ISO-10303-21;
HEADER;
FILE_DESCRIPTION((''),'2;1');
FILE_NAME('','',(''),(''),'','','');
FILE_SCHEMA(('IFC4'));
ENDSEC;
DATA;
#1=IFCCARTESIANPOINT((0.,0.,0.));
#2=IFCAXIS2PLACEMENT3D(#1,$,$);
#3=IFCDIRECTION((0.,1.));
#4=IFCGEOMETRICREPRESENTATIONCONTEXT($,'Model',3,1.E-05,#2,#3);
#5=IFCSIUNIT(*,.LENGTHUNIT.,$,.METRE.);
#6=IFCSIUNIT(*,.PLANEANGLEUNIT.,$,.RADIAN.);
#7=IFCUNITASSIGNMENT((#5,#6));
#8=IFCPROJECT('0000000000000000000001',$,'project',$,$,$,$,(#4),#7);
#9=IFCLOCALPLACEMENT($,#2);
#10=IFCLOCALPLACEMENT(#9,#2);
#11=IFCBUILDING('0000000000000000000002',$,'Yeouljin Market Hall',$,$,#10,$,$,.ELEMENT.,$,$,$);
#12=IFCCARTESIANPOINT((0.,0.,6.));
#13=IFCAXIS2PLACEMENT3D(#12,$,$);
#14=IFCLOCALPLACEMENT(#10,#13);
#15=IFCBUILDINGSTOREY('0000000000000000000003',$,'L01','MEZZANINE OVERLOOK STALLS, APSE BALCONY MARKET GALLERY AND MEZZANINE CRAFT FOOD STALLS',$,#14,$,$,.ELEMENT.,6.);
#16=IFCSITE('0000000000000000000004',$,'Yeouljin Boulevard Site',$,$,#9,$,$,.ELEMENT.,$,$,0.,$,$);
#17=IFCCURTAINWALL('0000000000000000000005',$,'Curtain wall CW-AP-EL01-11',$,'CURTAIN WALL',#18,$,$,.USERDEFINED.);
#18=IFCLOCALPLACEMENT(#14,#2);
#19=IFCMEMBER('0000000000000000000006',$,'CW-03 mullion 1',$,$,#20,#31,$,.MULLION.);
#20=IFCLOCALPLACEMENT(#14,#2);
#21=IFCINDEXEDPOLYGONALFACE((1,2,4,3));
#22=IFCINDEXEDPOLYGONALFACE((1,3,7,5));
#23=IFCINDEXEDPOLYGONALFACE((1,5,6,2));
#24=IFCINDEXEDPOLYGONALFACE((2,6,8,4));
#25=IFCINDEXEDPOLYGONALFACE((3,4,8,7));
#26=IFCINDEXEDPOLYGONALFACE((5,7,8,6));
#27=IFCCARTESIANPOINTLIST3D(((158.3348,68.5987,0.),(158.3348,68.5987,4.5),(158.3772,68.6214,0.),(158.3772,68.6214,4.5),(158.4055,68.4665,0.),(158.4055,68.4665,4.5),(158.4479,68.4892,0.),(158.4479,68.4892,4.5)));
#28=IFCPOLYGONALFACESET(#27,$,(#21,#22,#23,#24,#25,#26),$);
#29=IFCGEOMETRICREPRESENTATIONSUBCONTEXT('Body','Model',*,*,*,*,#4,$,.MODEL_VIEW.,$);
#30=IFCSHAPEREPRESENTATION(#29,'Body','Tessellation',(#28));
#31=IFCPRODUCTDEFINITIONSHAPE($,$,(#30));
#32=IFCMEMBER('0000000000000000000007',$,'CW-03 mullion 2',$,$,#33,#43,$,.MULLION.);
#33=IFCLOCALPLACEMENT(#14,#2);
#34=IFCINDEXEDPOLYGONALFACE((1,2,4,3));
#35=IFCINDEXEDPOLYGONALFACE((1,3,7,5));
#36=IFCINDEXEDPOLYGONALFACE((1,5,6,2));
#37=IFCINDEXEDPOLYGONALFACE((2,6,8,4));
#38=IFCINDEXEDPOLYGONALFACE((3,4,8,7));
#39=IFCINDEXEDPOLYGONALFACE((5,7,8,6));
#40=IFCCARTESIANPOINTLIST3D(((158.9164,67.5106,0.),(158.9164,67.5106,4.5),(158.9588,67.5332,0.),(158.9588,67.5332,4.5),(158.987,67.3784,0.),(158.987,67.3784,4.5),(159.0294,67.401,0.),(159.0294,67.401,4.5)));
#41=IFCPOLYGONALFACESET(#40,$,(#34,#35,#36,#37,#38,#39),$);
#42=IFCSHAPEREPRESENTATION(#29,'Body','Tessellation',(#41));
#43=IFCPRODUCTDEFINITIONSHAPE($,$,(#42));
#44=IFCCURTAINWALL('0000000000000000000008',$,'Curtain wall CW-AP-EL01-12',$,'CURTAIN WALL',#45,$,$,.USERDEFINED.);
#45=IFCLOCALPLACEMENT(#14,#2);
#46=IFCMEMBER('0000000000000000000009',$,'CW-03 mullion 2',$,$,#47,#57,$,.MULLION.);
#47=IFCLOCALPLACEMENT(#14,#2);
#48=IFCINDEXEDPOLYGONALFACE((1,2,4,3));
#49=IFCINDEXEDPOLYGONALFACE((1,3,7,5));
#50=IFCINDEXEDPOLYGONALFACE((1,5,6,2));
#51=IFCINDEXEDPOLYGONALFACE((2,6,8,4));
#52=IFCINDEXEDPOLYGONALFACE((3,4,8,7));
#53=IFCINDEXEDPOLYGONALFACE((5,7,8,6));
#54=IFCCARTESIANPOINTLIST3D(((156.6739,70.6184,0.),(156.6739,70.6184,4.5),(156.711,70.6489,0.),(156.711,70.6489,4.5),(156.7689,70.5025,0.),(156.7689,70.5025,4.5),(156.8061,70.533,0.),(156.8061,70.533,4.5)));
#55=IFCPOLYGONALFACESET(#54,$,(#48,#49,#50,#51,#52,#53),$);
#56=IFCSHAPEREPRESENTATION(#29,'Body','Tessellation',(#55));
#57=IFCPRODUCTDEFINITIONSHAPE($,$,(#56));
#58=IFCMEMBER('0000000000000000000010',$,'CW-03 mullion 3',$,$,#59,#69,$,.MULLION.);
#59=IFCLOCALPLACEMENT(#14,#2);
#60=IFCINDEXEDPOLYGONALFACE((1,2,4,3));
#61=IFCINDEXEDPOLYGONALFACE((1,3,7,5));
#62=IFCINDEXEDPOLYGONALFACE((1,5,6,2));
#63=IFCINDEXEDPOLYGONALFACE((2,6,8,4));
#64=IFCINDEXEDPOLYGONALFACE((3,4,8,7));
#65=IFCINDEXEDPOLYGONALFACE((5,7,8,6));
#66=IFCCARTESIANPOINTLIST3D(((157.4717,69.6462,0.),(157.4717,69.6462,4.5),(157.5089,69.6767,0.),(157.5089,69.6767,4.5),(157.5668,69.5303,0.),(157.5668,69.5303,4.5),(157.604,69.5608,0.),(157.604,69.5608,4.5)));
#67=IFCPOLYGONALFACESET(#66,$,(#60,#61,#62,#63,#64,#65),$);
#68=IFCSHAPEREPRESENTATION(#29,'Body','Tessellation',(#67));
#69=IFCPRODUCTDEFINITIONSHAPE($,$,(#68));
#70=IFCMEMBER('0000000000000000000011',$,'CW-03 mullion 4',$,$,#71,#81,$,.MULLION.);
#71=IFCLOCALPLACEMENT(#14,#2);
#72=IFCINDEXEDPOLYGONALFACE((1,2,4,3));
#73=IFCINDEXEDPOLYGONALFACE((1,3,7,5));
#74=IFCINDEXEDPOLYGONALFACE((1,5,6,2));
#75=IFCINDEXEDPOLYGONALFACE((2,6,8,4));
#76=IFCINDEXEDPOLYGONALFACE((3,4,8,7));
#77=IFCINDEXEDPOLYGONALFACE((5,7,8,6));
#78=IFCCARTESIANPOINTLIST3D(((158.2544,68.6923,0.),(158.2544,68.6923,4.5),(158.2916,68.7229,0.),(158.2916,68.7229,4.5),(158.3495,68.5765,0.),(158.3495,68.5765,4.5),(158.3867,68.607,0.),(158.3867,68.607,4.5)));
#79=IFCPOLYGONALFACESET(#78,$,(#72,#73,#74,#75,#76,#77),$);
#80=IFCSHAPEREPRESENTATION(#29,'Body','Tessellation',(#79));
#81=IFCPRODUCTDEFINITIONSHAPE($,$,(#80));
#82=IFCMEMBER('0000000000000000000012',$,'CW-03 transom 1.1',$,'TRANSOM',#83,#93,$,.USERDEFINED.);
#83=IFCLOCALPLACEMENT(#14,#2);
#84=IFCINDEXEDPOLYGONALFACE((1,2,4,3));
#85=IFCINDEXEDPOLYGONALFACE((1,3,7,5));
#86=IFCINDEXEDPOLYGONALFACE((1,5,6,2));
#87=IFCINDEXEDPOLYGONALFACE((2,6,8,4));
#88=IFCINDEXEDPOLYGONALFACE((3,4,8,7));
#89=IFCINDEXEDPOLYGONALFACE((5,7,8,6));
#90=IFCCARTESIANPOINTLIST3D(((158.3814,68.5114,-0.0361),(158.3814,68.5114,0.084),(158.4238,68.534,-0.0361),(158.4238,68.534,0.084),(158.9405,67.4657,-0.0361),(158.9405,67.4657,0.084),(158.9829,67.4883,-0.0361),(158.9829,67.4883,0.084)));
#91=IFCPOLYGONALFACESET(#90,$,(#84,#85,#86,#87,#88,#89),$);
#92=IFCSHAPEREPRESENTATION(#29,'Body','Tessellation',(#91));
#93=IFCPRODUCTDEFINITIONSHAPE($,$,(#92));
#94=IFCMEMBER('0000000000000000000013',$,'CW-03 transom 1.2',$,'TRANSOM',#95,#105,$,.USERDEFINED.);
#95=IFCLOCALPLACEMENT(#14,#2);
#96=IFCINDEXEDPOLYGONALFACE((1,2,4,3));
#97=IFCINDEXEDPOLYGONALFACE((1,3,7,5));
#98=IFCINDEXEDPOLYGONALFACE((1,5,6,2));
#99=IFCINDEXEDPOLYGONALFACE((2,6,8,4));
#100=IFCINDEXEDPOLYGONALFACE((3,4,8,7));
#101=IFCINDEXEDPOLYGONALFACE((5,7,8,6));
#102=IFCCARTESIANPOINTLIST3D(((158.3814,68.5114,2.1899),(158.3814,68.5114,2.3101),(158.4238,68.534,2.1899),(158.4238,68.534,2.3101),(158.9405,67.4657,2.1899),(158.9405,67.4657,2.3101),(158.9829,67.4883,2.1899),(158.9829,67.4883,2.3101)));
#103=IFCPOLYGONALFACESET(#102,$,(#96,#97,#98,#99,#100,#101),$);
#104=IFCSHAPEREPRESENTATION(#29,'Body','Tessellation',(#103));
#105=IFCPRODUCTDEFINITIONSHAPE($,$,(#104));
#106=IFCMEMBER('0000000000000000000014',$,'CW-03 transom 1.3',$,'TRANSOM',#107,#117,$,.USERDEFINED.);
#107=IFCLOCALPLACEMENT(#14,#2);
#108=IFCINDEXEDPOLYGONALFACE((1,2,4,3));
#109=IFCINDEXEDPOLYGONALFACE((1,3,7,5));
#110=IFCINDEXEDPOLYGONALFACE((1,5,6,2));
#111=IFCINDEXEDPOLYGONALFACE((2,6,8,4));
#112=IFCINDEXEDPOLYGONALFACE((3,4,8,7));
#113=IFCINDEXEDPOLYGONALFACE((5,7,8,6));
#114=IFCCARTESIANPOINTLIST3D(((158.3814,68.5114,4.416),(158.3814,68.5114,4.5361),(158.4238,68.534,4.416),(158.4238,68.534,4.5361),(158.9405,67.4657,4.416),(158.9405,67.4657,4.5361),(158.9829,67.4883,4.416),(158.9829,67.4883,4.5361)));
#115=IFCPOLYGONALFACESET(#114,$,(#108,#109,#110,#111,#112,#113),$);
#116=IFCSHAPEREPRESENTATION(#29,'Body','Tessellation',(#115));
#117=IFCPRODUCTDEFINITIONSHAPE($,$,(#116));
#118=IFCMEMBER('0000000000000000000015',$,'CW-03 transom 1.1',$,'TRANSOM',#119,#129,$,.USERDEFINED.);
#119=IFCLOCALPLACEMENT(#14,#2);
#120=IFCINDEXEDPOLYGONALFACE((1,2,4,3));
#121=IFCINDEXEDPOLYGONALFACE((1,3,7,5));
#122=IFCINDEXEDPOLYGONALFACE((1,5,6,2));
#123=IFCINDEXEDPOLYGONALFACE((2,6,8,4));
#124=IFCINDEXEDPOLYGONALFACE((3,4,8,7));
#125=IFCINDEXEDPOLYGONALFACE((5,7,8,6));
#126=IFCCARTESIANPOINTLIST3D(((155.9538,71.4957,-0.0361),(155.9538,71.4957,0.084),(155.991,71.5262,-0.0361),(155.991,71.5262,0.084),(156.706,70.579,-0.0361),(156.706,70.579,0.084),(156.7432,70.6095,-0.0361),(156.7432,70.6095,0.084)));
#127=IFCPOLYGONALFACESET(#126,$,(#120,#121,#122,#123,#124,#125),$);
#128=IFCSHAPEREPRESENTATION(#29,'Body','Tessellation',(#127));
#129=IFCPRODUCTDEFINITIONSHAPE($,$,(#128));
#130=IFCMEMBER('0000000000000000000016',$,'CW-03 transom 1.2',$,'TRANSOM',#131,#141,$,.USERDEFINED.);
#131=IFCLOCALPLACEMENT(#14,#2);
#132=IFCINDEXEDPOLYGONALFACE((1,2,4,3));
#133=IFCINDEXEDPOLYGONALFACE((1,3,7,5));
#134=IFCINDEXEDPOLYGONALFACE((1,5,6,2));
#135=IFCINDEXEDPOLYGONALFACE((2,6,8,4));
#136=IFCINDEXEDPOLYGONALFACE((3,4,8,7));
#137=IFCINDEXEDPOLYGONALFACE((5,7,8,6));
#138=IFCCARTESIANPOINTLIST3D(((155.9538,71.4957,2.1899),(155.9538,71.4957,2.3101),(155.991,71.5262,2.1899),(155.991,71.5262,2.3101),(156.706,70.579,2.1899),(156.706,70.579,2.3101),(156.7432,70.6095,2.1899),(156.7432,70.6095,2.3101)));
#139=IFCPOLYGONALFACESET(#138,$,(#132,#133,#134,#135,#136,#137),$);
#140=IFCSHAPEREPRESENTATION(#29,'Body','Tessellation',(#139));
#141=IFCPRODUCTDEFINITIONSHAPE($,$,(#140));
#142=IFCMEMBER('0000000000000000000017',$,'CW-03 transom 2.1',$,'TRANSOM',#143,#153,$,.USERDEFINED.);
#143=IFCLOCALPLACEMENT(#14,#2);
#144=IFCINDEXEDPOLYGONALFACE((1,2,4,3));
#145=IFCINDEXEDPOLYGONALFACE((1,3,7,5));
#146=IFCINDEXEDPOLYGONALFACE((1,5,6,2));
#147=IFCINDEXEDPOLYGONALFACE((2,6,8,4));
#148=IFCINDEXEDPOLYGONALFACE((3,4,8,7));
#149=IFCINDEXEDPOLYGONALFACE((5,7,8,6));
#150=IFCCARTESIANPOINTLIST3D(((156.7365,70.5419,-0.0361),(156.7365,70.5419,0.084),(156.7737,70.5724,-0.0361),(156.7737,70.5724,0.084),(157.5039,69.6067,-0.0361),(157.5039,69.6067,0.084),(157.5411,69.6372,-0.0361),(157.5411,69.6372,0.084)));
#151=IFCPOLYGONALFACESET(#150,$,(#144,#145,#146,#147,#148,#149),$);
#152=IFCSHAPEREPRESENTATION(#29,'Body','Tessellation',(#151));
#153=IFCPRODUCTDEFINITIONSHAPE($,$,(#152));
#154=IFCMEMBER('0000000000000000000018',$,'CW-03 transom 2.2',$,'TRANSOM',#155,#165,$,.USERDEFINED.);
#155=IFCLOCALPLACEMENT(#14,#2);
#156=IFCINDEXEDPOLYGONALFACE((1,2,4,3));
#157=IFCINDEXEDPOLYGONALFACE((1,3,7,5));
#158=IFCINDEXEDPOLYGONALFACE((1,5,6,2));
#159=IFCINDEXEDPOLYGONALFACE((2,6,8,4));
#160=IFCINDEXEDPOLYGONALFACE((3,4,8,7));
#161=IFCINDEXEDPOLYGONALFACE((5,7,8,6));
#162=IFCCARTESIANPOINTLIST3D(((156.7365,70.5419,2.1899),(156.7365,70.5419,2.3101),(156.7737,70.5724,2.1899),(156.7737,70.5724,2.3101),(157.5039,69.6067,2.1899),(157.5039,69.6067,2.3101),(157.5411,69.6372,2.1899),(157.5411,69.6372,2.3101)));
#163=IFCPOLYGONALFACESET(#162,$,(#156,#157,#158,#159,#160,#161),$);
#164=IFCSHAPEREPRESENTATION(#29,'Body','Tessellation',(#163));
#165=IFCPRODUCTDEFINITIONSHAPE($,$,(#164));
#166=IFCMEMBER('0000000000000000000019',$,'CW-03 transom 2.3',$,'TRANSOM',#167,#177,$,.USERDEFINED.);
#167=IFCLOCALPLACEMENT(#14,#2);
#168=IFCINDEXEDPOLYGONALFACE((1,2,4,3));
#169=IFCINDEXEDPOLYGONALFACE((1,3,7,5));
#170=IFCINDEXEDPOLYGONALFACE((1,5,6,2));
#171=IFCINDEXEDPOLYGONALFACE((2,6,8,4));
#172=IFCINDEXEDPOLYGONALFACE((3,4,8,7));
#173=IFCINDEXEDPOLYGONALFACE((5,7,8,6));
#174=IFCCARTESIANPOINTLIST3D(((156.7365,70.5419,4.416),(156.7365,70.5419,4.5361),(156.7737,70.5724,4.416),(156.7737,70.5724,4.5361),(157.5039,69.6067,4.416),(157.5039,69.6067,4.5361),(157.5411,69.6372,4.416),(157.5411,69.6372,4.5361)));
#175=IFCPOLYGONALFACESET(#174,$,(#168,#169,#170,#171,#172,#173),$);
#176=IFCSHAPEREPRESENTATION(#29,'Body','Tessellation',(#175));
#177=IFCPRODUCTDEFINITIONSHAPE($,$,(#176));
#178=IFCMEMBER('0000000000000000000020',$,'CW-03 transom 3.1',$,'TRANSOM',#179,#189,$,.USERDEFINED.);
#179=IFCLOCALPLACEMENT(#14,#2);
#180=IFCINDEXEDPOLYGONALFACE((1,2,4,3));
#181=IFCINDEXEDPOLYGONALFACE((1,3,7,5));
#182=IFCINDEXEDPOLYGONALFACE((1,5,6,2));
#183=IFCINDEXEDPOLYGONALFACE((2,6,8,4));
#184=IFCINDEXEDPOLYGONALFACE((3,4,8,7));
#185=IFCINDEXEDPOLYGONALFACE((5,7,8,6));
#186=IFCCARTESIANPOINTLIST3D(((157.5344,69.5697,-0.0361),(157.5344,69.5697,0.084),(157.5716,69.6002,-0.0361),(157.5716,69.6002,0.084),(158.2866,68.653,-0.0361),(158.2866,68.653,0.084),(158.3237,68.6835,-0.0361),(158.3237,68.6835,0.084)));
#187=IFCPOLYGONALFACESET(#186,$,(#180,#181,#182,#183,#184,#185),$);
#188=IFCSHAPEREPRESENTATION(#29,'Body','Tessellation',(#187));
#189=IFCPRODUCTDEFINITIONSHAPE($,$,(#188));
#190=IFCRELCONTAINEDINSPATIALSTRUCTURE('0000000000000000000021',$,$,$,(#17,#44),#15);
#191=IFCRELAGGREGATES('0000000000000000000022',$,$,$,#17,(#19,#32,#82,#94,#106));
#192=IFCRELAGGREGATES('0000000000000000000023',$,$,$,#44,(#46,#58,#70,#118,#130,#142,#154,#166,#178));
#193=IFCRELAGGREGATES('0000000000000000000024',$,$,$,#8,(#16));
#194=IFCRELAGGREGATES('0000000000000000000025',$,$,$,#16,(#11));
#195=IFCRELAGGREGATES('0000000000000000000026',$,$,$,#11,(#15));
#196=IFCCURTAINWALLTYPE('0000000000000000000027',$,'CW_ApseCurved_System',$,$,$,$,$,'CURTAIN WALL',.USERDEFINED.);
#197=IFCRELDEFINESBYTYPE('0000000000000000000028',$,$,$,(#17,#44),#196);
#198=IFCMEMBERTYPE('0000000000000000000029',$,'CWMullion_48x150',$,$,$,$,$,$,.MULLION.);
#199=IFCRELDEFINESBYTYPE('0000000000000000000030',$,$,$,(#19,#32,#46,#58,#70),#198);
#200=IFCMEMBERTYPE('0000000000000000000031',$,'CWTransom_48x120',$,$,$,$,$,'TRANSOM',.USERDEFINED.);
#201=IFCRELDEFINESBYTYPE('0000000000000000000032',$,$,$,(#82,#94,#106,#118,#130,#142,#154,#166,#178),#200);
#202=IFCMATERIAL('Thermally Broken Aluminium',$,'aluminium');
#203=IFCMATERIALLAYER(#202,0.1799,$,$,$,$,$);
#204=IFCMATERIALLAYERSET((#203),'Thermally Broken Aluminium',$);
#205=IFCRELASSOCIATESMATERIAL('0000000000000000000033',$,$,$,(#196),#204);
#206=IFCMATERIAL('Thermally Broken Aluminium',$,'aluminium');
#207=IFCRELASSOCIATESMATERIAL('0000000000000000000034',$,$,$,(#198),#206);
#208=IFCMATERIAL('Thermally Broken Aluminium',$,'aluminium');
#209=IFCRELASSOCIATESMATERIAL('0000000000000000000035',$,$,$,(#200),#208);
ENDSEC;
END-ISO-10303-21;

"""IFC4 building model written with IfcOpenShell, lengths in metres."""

from ifc_helpers import new_model, si_unit, direction, frame, origin, origin_2d, place, context, subcontext, project, spatial, rectangle, extrude, material, layer, layer_set, material_profile, profile_set, type_object, element, aggregate, save


model = new_model("IFC4")

# Units and contexts
model_context = context("Model", 3, precision=1e-05, world=origin(), true_north=direction((0.0, 1.0)))
body_context = subcontext(model_context, "Body", "Model", "MODEL_VIEW")
ifc_project = project(units=[si_unit("LENGTHUNIT", "METRE"), si_unit("PLANEANGLEUNIT", "RADIAN")], contexts=[model_context])

# Site, building, storey
site_placement = place(None, origin())
site = spatial("IfcSite", under=ifc_project, at=site_placement, Name="Yeouljin Boulevard Site", CompositionType="ELEMENT", RefElevation=0.0)
building_placement = place(site_placement, origin())
building = spatial("IfcBuilding", under=site, at=building_placement, Name="Yeouljin Market Hall", CompositionType="ELEMENT")
storey_placement = place(building_placement, frame((0.0, 0.0, 6.0)))
storey = spatial("IfcBuildingStorey", under=building, at=storey_placement, Name="L01", Description="MEZZANINE OVERLOOK STALLS, APSE BALCONY MARKET GALLERY AND MEZZANINE CRAFT FOOD STALLS", CompositionType="ELEMENT", Elevation=6.0)

# Curtain walls, members
ifc_material_1 = material(Name="Thermally Broken Aluminium", Category="aluminium")
ifc_layer_1 = layer(ifc_material_1, 0.1799)
ifc_layer_set_1 = layer_set([ifc_layer_1], Name="Thermally Broken Aluminium")
curtain_wall_type = type_object("IfcCurtainWallType", Name="CW_ApseCurved_System", ElementType="CURTAIN WALL", PredefinedType="USERDEFINED", material=ifc_layer_set_1)
curtain_wall_1_placement = place(storey_placement, origin())
curtain_wall_1 = element("IfcCurtainWall", 1, at=curtain_wall_1_placement, inside=storey, type_object=curtain_wall_type, Name="Curtain wall CW-AP-EL01-11", ObjectType="CURTAIN WALL", PredefinedType="USERDEFINED")
ifc_material_2 = material(Name="Thermally Broken Aluminium", Category="aluminium")
ifc_material_profile_1 = material_profile(ifc_material_2, rectangle(XDim=0.0481, YDim=0.1499, at=origin_2d()), Name="CW-MULL-48x150")
ifc_profile_set_1 = profile_set([ifc_material_profile_1], Name="Thermally Broken Aluminium")
member_type_1 = type_object("IfcMemberType", Name="CWMullion_48x150", PredefinedType="MULLION", material=ifc_profile_set_1)
member_1_placement = place(storey_placement, frame((158.3914, 68.5439, 0.0), z_axis=(0.0, 0.0, 1.0), x_axis=(0.881931, 0.471378, 0.0)))
member_1 = element("IfcMember", 2, at=member_1_placement, type_object=member_type_1, Name="CW-03 mullion 1", PredefinedType="MULLION", context=body_context, shape_type="SweptSolid", body=[
    extrude(rectangle(XDim=0.0481, YDim=0.1499, at=origin_2d()), origin(), (0.0, 0.0, 1.0), 4.5),
])
member_2_placement = place(storey_placement, frame((158.9729, 67.4558, 0.0), z_axis=(0.0, 0.0, 1.0), x_axis=(0.881931, 0.471378, 0.0)))
member_2 = element("IfcMember", 3, at=member_2_placement, type_object=member_type_1, Name="CW-03 mullion 2", PredefinedType="MULLION", context=body_context, shape_type="SweptSolid", body=[
    extrude(rectangle(XDim=0.0481, YDim=0.1499, at=origin_2d()), origin(), (0.0, 0.0, 1.0), 4.5),
])
curtain_wall_2_placement = place(storey_placement, origin())
curtain_wall_2 = element("IfcCurtainWall", 4, at=curtain_wall_2_placement, inside=storey, type_object=curtain_wall_type, Name="Curtain wall CW-AP-EL01-12", ObjectType="CURTAIN WALL", PredefinedType="USERDEFINED")
member_3_placement = place(storey_placement, frame((156.74, 70.5757, 0.0), z_axis=(0.0, 0.0, 1.0), x_axis=(0.773018, 0.634384, 0.0)))
member_3 = element("IfcMember", 5, at=member_3_placement, type_object=member_type_1, Name="CW-03 mullion 2", PredefinedType="MULLION", context=body_context, shape_type="SweptSolid", body=[
    extrude(rectangle(XDim=0.0481, YDim=0.1499, at=origin_2d()), origin(), (0.0, 0.0, 1.0), 4.5),
])
member_4_placement = place(storey_placement, frame((157.5378, 69.6035, 0.0), z_axis=(0.0, 0.0, 1.0), x_axis=(0.773018, 0.634384, 0.0)))
member_4 = element("IfcMember", 6, at=member_4_placement, type_object=member_type_1, Name="CW-03 mullion 3", PredefinedType="MULLION", context=body_context, shape_type="SweptSolid", body=[
    extrude(rectangle(XDim=0.0481, YDim=0.1499, at=origin_2d()), origin(), (0.0, 0.0, 1.0), 4.5),
])
member_5_placement = place(storey_placement, frame((158.3206, 68.6497, 0.0), z_axis=(0.0, 0.0, 1.0), x_axis=(0.773018, 0.634384, 0.0)))
member_5 = element("IfcMember", 7, at=member_5_placement, type_object=member_type_1, Name="CW-03 mullion 4", PredefinedType="MULLION", context=body_context, shape_type="SweptSolid", body=[
    extrude(rectangle(XDim=0.0481, YDim=0.1499, at=origin_2d()), origin(), (0.0, 0.0, 1.0), 4.5),
])

# Members
ifc_material_3 = material(Name="Thermally Broken Aluminium", Category="aluminium")
ifc_material_profile_2 = material_profile(ifc_material_3, rectangle(XDim=0.0481, YDim=0.1201, at=origin_2d()), Name="CW-TRAN-48x120")
ifc_profile_set_2 = profile_set([ifc_material_profile_2], Name="Thermally Broken Aluminium")
member_type_2 = type_object("IfcMemberType", Name="CWTransom_48x120", ElementType="TRANSOM", PredefinedType="USERDEFINED", material=ifc_profile_set_2)
member_6_placement = place(storey_placement, frame((158.4026, 68.5227, 0.0239), z_axis=(0.471507, -0.881862, 0.0), x_axis=(0.881862, 0.471507, 0.0)))
member_6 = element("IfcMember", 8, at=member_6_placement, type_object=member_type_2, Name="CW-03 transom 1.1", ObjectType="TRANSOM", PredefinedType="USERDEFINED", context=body_context, shape_type="SweptSolid", body=[
    extrude(rectangle(XDim=0.0481, YDim=0.1201, at=origin_2d()), origin(), (0.0, 0.0, 1.0), 1.1858),
])
member_7_placement = place(storey_placement, frame((158.4026, 68.5227, 2.25), z_axis=(0.471507, -0.881862, 0.0), x_axis=(0.881862, 0.471507, 0.0)))
member_7 = element("IfcMember", 9, at=member_7_placement, type_object=member_type_2, Name="CW-03 transom 1.2", ObjectType="TRANSOM", PredefinedType="USERDEFINED", context=body_context, shape_type="SweptSolid", body=[
    extrude(rectangle(XDim=0.0481, YDim=0.1201, at=origin_2d()), origin(), (0.0, 0.0, 1.0), 1.1858),
])
member_8_placement = place(storey_placement, frame((158.4026, 68.5227, 4.4761), z_axis=(0.471507, -0.881862, 0.0), x_axis=(0.881862, 0.471507, 0.0)))
member_8 = element("IfcMember", 10, at=member_8_placement, type_object=member_type_2, Name="CW-03 transom 1.3", ObjectType="TRANSOM", PredefinedType="USERDEFINED", context=body_context, shape_type="SweptSolid", body=[
    extrude(rectangle(XDim=0.0481, YDim=0.1201, at=origin_2d()), origin(), (0.0, 0.0, 1.0), 1.1858),
])
member_9_placement = place(storey_placement, frame((155.9724, 71.511, 0.0239), z_axis=(0.634313, -0.773076, 0.0), x_axis=(0.773076, 0.634313, 0.0)))
member_9 = element("IfcMember", 11, at=member_9_placement, type_object=member_type_2, Name="CW-03 transom 1.1", ObjectType="TRANSOM", PredefinedType="USERDEFINED", context=body_context, shape_type="SweptSolid", body=[
    extrude(rectangle(XDim=0.0481, YDim=0.1201, at=origin_2d()), origin(), (0.0, 0.0, 1.0), 1.1858),
])
member_10_placement = place(storey_placement, frame((155.9724, 71.511, 2.25), z_axis=(0.634313, -0.773076, 0.0), x_axis=(0.773076, 0.634313, 0.0)))
member_10 = element("IfcMember", 12, at=member_10_placement, type_object=member_type_2, Name="CW-03 transom 1.2", ObjectType="TRANSOM", PredefinedType="USERDEFINED", context=body_context, shape_type="SweptSolid", body=[
    extrude(rectangle(XDim=0.0481, YDim=0.1201, at=origin_2d()), origin(), (0.0, 0.0, 1.0), 1.1858),
])
member_11_placement = place(storey_placement, frame((156.7551, 70.5571, 0.0239), z_axis=(0.634369, -0.77303, 0.0), x_axis=(0.77303, 0.634369, 0.0)))
member_11 = element("IfcMember", 13, at=member_11_placement, type_object=member_type_2, Name="CW-03 transom 2.1", ObjectType="TRANSOM", PredefinedType="USERDEFINED", context=body_context, shape_type="SweptSolid", body=[
    extrude(rectangle(XDim=0.0481, YDim=0.1201, at=origin_2d()), origin(), (0.0, 0.0, 1.0), 1.2097),
])
member_12_placement = place(storey_placement, frame((156.7551, 70.5571, 2.25), z_axis=(0.634369, -0.77303, 0.0), x_axis=(0.77303, 0.634369, 0.0)))
member_12 = element("IfcMember", 14, at=member_12_placement, type_object=member_type_2, Name="CW-03 transom 2.2", ObjectType="TRANSOM", PredefinedType="USERDEFINED", context=body_context, shape_type="SweptSolid", body=[
    extrude(rectangle(XDim=0.0481, YDim=0.1201, at=origin_2d()), origin(), (0.0, 0.0, 1.0), 1.2097),
])
member_13_placement = place(storey_placement, frame((156.7551, 70.5571, 4.4761), z_axis=(0.634369, -0.77303, 0.0), x_axis=(0.77303, 0.634369, 0.0)))
member_13 = element("IfcMember", 15, at=member_13_placement, type_object=member_type_2, Name="CW-03 transom 2.3", ObjectType="TRANSOM", PredefinedType="USERDEFINED", context=body_context, shape_type="SweptSolid", body=[
    extrude(rectangle(XDim=0.0481, YDim=0.1201, at=origin_2d()), origin(), (0.0, 0.0, 1.0), 1.2097),
])
member_14_placement = place(storey_placement, frame((157.553, 69.585, 0.0239), z_axis=(0.634313, -0.773076, 0.0), x_axis=(0.773076, 0.634313, 0.0)))
member_14 = element("IfcMember", 16, at=member_14_placement, type_object=member_type_2, Name="CW-03 transom 3.1", ObjectType="TRANSOM", PredefinedType="USERDEFINED", context=body_context, shape_type="SweptSolid", body=[
    extrude(rectangle(XDim=0.0481, YDim=0.1201, at=origin_2d()), origin(), (0.0, 0.0, 1.0), 1.1858),
])

aggregate(curtain_wall_1, [member_1, member_2, member_6, member_7, member_8])
aggregate(curtain_wall_2, [member_3, member_4, member_5, member_9, member_10, member_11, member_12, member_13, member_14])

save(model, "model.ifc")
